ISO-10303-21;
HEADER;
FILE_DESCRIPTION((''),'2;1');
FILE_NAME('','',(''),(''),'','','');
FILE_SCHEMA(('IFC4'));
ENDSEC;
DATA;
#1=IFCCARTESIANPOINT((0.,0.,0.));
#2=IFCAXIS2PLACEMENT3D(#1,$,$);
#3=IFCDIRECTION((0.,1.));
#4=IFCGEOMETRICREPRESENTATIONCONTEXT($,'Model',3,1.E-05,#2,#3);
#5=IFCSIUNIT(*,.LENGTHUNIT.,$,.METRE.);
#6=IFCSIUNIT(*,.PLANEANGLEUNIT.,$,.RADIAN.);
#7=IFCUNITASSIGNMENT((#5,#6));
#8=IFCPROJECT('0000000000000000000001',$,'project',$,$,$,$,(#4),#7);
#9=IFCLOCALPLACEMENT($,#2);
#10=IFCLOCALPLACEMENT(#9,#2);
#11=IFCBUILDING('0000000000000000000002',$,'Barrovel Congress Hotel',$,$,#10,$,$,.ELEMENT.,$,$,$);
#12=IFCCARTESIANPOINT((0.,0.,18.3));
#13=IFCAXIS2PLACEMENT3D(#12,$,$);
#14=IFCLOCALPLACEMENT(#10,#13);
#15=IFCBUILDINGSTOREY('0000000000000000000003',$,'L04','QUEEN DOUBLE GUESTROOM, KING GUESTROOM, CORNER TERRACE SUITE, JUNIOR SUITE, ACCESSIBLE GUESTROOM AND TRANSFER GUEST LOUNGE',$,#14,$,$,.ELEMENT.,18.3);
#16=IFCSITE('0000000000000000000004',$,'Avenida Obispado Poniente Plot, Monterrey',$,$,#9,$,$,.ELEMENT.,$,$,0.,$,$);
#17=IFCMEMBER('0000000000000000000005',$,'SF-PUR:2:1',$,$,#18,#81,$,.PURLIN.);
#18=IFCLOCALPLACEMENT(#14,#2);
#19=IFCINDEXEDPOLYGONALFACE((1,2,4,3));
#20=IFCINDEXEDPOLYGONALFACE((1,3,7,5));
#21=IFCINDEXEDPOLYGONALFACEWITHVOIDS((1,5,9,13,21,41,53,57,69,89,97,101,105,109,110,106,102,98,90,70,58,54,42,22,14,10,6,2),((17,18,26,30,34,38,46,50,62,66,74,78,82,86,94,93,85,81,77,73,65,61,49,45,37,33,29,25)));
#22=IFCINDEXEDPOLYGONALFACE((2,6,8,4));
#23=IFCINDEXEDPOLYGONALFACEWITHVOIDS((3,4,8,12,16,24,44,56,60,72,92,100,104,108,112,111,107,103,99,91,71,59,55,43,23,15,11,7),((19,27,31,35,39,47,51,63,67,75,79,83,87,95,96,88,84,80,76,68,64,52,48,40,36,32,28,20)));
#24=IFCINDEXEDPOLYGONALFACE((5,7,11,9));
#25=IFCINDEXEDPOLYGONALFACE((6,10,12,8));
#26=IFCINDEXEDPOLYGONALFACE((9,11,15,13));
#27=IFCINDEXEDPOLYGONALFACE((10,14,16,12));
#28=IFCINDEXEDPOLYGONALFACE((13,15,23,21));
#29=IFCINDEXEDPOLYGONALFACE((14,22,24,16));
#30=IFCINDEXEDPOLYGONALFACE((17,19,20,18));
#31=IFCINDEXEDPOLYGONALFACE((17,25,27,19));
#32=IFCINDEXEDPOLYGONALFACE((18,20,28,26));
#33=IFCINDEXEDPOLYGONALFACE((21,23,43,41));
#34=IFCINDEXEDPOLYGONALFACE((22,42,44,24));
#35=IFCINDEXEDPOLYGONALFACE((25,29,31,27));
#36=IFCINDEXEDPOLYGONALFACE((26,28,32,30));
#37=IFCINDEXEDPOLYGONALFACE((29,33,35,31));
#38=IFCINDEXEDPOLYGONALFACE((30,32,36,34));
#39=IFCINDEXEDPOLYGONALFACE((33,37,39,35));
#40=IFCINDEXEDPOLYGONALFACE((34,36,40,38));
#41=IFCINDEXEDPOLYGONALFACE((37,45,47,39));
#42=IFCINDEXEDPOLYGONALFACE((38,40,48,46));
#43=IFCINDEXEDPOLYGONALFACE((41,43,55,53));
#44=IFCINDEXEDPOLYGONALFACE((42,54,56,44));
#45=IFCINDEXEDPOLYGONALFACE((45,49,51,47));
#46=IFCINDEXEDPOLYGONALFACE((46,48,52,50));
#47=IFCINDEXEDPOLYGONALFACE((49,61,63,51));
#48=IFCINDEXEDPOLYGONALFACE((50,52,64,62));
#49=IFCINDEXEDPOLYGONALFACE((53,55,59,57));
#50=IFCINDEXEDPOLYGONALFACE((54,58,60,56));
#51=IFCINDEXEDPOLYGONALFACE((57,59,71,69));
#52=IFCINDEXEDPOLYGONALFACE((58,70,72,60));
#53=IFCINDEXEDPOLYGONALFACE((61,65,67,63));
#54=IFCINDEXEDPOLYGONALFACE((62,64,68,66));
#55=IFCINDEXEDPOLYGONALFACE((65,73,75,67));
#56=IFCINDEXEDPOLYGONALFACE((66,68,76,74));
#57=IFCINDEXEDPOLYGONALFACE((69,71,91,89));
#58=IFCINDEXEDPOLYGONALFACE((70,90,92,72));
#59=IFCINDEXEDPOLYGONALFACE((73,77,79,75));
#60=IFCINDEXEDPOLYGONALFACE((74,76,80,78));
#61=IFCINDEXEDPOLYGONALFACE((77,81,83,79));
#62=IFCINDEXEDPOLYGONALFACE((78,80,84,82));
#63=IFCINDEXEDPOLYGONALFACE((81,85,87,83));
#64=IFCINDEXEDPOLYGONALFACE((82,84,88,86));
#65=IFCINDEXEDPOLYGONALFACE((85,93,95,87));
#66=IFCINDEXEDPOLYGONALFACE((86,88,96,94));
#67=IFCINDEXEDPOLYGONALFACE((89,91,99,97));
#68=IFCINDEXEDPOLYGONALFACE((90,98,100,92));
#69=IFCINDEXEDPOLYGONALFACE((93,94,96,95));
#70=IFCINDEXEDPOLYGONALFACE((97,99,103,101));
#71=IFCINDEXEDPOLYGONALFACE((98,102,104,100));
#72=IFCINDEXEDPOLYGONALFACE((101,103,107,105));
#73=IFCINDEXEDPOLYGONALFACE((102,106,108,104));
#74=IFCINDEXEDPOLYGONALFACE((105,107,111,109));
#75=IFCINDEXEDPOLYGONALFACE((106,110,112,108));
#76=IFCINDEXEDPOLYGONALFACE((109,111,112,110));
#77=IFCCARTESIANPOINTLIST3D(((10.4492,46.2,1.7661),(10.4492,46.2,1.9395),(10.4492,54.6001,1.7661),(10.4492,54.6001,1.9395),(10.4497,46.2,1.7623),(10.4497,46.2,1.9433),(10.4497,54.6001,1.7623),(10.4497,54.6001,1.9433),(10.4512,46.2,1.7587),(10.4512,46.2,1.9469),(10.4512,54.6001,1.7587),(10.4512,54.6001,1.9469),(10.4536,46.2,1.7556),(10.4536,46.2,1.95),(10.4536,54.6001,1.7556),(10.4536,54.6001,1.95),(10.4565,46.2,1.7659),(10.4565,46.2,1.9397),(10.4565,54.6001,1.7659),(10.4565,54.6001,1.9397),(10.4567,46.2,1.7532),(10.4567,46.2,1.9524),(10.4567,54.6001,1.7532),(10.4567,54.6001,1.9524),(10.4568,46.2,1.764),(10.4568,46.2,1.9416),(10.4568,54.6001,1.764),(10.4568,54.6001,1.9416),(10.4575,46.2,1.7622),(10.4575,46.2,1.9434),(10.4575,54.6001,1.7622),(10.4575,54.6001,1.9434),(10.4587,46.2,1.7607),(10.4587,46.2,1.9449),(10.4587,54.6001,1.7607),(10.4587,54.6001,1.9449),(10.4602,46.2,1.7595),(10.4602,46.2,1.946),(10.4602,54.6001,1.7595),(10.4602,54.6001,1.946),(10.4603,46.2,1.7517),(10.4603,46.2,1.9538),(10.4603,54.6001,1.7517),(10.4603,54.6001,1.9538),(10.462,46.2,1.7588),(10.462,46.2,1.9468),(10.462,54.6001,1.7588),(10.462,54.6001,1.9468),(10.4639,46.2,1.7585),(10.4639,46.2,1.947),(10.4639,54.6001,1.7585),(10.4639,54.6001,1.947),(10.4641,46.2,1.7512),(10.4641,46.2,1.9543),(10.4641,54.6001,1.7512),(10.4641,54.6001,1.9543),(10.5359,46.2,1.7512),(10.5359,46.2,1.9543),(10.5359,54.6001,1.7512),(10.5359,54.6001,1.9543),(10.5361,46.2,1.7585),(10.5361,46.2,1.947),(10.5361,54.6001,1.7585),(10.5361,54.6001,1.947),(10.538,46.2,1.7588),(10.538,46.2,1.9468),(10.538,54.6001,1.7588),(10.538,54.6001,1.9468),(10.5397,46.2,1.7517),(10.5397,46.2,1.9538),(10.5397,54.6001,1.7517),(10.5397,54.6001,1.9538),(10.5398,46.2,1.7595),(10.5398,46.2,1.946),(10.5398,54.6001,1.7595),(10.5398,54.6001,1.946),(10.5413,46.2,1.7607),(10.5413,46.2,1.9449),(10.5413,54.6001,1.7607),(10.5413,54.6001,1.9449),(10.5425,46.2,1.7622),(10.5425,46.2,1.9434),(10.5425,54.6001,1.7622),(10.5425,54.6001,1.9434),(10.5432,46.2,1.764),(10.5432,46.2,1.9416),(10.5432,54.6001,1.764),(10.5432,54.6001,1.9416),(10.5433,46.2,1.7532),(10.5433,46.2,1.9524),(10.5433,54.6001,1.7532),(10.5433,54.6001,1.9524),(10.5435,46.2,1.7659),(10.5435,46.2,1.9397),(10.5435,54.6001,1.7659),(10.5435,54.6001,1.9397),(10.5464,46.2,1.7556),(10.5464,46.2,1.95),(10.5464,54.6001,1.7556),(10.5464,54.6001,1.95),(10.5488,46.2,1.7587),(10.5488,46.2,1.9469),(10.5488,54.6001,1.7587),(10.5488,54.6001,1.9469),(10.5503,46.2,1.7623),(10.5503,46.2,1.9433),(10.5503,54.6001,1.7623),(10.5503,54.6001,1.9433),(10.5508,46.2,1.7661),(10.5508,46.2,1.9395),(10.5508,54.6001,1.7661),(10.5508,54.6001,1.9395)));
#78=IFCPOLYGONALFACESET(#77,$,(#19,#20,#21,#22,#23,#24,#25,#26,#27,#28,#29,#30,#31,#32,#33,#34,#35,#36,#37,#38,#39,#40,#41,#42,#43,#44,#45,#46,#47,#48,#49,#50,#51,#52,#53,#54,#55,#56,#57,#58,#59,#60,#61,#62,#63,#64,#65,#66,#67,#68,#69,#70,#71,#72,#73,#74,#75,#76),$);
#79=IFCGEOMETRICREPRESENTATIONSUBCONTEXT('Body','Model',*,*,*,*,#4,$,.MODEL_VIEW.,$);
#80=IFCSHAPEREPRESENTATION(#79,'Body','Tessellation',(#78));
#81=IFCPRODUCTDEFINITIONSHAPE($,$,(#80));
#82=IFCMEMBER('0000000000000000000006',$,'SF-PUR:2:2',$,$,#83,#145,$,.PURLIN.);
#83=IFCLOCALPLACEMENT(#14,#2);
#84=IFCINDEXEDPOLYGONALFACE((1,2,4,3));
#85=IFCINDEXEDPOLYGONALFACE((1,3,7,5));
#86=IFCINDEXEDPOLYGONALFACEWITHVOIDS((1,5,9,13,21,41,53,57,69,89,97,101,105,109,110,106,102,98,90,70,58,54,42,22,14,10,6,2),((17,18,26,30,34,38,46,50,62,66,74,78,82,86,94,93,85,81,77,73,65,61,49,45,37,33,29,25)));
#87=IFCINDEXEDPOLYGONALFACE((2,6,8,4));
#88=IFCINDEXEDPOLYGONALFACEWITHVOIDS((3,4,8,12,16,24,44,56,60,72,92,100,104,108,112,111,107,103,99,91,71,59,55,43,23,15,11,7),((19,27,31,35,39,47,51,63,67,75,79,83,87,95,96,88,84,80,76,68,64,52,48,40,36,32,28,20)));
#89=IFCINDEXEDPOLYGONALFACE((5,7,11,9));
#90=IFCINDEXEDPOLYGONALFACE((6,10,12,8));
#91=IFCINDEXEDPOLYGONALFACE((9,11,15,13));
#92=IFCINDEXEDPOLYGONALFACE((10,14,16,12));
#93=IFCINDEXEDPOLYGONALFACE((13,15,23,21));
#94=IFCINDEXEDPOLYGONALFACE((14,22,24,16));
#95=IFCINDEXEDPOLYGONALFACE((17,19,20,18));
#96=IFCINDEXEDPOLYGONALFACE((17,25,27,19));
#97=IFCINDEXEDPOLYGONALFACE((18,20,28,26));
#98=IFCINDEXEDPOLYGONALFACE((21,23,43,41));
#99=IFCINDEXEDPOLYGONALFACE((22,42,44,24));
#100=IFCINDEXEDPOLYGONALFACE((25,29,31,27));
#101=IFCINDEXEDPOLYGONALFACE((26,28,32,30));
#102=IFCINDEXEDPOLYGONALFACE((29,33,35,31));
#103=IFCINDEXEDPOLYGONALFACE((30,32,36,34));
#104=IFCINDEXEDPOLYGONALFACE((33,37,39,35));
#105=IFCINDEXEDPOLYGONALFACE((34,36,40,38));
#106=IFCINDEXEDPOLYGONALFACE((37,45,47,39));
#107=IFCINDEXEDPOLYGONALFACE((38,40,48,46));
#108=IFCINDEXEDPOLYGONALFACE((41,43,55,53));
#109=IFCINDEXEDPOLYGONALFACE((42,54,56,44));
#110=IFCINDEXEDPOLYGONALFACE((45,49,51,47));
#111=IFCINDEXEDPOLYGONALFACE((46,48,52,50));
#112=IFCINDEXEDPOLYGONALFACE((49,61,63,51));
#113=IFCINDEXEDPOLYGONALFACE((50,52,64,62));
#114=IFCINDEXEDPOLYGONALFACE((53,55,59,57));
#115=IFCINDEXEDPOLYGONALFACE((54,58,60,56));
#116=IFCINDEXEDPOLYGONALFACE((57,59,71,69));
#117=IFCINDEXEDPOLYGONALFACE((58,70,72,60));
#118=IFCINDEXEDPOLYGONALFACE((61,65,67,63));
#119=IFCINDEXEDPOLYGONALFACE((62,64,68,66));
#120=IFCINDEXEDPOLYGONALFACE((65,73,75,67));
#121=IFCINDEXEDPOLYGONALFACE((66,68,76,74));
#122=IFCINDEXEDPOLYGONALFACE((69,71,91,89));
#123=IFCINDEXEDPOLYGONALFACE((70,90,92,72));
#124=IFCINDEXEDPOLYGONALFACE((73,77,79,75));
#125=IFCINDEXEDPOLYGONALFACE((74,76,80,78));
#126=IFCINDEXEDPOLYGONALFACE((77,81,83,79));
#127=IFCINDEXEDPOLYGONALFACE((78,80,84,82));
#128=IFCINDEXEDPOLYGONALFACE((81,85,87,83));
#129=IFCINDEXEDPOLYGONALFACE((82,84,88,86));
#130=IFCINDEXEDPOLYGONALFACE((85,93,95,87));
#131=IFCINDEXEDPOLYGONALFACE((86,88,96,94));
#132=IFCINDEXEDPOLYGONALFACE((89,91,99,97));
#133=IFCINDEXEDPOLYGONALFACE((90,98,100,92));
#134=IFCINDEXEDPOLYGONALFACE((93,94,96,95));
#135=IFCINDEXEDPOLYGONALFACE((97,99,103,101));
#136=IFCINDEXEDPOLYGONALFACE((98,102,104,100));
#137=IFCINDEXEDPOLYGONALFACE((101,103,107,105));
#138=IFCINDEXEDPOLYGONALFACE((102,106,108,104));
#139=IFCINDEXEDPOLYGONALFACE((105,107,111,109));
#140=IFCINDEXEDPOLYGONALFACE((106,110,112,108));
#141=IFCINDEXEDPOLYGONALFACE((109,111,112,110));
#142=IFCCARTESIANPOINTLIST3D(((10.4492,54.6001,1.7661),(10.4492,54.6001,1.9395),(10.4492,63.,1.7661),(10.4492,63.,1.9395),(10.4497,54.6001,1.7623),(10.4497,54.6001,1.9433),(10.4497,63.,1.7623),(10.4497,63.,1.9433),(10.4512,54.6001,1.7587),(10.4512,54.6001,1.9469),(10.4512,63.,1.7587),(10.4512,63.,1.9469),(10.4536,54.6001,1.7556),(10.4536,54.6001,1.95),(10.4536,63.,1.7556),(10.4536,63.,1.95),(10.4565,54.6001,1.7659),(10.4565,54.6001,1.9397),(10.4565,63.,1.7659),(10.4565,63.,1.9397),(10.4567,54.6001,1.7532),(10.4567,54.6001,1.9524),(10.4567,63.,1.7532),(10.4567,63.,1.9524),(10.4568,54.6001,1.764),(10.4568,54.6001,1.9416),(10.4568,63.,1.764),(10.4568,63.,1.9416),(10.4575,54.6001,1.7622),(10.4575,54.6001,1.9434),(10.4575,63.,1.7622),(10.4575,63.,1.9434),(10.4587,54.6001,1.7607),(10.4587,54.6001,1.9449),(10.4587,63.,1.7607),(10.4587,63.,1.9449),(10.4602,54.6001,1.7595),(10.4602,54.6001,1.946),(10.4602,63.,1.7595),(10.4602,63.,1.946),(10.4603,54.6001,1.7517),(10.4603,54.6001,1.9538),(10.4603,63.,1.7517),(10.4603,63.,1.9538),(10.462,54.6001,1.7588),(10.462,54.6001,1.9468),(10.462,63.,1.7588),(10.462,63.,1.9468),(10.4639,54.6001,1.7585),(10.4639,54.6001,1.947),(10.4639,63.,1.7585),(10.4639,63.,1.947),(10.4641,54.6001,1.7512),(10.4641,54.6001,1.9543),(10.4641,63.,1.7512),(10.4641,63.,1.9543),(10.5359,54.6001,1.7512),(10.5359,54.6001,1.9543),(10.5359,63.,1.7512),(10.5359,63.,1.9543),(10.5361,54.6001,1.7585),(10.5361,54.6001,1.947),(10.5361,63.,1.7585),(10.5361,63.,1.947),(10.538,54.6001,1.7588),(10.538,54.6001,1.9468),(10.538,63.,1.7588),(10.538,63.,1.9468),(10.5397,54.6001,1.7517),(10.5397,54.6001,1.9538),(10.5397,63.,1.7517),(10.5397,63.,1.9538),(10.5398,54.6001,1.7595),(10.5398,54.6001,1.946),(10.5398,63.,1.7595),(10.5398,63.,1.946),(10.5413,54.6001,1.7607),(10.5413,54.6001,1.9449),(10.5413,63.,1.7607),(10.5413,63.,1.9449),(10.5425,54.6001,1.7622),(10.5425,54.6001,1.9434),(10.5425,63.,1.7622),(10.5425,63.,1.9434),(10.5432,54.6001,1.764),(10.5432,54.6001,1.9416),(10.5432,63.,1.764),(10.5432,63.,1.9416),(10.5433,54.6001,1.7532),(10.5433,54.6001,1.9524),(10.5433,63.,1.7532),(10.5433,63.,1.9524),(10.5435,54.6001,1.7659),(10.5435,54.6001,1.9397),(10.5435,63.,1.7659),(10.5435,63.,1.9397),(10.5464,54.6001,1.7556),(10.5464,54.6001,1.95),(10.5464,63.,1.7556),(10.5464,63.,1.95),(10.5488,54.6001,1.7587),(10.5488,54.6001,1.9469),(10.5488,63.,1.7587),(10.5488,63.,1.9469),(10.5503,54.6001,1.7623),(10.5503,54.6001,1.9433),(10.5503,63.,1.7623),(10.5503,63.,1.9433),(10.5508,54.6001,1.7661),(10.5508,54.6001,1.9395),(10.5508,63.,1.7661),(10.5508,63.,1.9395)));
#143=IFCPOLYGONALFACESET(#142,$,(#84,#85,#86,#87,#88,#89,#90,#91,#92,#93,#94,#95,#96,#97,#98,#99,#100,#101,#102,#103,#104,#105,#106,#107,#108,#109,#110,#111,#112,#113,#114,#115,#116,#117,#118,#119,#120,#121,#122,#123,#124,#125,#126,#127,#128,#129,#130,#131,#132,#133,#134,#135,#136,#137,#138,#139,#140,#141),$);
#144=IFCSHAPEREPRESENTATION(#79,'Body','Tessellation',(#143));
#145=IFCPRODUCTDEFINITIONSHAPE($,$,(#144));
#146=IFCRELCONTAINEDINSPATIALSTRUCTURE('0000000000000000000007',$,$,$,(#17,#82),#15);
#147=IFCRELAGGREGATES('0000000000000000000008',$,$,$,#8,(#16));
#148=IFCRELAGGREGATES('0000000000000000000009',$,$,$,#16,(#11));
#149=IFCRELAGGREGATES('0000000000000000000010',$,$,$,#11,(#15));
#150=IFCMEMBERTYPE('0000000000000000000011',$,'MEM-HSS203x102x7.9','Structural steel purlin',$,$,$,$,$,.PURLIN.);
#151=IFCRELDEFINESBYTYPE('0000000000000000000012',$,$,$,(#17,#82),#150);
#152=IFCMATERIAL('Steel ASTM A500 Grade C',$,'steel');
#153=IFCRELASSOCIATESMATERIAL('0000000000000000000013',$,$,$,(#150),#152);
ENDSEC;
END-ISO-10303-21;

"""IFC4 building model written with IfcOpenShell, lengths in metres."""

from ifc_helpers import new_model, si_unit, direction, frame, origin, origin_2d, place, context, subcontext, project, spatial, hollow_rectangle, extrude, material, material_profile, profile_set, type_object, element, save


model = new_model("IFC4")

# Units and contexts
model_context = context("Model", 3, precision=1e-05, world=origin(), true_north=direction((0.0, 1.0)))
body_context = subcontext(model_context, "Body", "Model", "MODEL_VIEW")
ifc_project = project(units=[si_unit("LENGTHUNIT", "METRE"), si_unit("PLANEANGLEUNIT", "RADIAN")], contexts=[model_context])

# Site, building, storey
site_placement = place(None, origin())
site = spatial("IfcSite", under=ifc_project, at=site_placement, Name="Avenida Obispado Poniente Plot, Monterrey", CompositionType="ELEMENT", RefElevation=0.0)
building_placement = place(site_placement, origin())
building = spatial("IfcBuilding", under=site, at=building_placement, Name="Barrovel Congress Hotel", CompositionType="ELEMENT")
storey_placement = place(building_placement, frame((0.0, 0.0, 18.3)))
storey = spatial("IfcBuildingStorey", under=building, at=storey_placement, Name="L04", Description="QUEEN DOUBLE GUESTROOM, KING GUESTROOM, CORNER TERRACE SUITE, JUNIOR SUITE, ACCESSIBLE GUESTROOM AND TRANSFER GUEST LOUNGE", CompositionType="ELEMENT", Elevation=18.3)

# Members
ifc_material_1 = material(Name="Steel ASTM A500 Grade C", Category="steel")
ifc_material_profile_1 = material_profile(ifc_material_1, hollow_rectangle(XDim=0.1016, YDim=0.2031, WallThickness=0.0073, InnerFilletRadius=0.0073, OuterFilletRadius=0.0149, at=origin_2d()), Name="HSS203x102x7.9")
ifc_profile_set_1 = profile_set([ifc_material_profile_1], Name="Steel ASTM A500 Grade C")
member_type_1 = type_object("IfcMemberType", Name="MEM-HSS203x102x7.9", Description="Structural steel purlin", PredefinedType="PURLIN", material=ifc_profile_set_1)
member_1_placement = place(storey_placement, frame((10.5, 46.2, 1.8528), z_axis=(0.0, 1.0, 0.0), x_axis=(-1.0, 0.0, 0.0)))
element("IfcMember", 1, at=member_1_placement, inside=storey, type_object=member_type_1, Name="SF-PUR:2:1", PredefinedType="PURLIN", context=body_context, shape_type="SweptSolid", body=[
    extrude(hollow_rectangle(XDim=0.1016, YDim=0.2031, WallThickness=0.0073, InnerFilletRadius=0.0073, OuterFilletRadius=0.0149, at=origin_2d()), origin(), (0.0, 0.0, 1.0), 8.4001),
])
for number, where, z_axis, x_axis, name in (
    (2, (10.5, 54.6001, 1.8528), (0.0, 1.0, 0.0), (-1.0, 0.0, 0.0), "SF-PUR:2:2"),
):
    element("IfcMember", number, at=place(storey_placement, frame(where, z_axis=z_axis, x_axis=x_axis)), inside=storey, type_object=member_type_1, Name=name, PredefinedType="PURLIN", context=body_context, shape_type="SweptSolid", body=[
        extrude(hollow_rectangle(XDim=0.1016, YDim=0.2031, WallThickness=0.0073, InnerFilletRadius=0.0073, OuterFilletRadius=0.0149, at=origin_2d()), origin(), (0.0, 0.0, 1.0), 8.3999),
    ])

save(model, "model.ifc")
